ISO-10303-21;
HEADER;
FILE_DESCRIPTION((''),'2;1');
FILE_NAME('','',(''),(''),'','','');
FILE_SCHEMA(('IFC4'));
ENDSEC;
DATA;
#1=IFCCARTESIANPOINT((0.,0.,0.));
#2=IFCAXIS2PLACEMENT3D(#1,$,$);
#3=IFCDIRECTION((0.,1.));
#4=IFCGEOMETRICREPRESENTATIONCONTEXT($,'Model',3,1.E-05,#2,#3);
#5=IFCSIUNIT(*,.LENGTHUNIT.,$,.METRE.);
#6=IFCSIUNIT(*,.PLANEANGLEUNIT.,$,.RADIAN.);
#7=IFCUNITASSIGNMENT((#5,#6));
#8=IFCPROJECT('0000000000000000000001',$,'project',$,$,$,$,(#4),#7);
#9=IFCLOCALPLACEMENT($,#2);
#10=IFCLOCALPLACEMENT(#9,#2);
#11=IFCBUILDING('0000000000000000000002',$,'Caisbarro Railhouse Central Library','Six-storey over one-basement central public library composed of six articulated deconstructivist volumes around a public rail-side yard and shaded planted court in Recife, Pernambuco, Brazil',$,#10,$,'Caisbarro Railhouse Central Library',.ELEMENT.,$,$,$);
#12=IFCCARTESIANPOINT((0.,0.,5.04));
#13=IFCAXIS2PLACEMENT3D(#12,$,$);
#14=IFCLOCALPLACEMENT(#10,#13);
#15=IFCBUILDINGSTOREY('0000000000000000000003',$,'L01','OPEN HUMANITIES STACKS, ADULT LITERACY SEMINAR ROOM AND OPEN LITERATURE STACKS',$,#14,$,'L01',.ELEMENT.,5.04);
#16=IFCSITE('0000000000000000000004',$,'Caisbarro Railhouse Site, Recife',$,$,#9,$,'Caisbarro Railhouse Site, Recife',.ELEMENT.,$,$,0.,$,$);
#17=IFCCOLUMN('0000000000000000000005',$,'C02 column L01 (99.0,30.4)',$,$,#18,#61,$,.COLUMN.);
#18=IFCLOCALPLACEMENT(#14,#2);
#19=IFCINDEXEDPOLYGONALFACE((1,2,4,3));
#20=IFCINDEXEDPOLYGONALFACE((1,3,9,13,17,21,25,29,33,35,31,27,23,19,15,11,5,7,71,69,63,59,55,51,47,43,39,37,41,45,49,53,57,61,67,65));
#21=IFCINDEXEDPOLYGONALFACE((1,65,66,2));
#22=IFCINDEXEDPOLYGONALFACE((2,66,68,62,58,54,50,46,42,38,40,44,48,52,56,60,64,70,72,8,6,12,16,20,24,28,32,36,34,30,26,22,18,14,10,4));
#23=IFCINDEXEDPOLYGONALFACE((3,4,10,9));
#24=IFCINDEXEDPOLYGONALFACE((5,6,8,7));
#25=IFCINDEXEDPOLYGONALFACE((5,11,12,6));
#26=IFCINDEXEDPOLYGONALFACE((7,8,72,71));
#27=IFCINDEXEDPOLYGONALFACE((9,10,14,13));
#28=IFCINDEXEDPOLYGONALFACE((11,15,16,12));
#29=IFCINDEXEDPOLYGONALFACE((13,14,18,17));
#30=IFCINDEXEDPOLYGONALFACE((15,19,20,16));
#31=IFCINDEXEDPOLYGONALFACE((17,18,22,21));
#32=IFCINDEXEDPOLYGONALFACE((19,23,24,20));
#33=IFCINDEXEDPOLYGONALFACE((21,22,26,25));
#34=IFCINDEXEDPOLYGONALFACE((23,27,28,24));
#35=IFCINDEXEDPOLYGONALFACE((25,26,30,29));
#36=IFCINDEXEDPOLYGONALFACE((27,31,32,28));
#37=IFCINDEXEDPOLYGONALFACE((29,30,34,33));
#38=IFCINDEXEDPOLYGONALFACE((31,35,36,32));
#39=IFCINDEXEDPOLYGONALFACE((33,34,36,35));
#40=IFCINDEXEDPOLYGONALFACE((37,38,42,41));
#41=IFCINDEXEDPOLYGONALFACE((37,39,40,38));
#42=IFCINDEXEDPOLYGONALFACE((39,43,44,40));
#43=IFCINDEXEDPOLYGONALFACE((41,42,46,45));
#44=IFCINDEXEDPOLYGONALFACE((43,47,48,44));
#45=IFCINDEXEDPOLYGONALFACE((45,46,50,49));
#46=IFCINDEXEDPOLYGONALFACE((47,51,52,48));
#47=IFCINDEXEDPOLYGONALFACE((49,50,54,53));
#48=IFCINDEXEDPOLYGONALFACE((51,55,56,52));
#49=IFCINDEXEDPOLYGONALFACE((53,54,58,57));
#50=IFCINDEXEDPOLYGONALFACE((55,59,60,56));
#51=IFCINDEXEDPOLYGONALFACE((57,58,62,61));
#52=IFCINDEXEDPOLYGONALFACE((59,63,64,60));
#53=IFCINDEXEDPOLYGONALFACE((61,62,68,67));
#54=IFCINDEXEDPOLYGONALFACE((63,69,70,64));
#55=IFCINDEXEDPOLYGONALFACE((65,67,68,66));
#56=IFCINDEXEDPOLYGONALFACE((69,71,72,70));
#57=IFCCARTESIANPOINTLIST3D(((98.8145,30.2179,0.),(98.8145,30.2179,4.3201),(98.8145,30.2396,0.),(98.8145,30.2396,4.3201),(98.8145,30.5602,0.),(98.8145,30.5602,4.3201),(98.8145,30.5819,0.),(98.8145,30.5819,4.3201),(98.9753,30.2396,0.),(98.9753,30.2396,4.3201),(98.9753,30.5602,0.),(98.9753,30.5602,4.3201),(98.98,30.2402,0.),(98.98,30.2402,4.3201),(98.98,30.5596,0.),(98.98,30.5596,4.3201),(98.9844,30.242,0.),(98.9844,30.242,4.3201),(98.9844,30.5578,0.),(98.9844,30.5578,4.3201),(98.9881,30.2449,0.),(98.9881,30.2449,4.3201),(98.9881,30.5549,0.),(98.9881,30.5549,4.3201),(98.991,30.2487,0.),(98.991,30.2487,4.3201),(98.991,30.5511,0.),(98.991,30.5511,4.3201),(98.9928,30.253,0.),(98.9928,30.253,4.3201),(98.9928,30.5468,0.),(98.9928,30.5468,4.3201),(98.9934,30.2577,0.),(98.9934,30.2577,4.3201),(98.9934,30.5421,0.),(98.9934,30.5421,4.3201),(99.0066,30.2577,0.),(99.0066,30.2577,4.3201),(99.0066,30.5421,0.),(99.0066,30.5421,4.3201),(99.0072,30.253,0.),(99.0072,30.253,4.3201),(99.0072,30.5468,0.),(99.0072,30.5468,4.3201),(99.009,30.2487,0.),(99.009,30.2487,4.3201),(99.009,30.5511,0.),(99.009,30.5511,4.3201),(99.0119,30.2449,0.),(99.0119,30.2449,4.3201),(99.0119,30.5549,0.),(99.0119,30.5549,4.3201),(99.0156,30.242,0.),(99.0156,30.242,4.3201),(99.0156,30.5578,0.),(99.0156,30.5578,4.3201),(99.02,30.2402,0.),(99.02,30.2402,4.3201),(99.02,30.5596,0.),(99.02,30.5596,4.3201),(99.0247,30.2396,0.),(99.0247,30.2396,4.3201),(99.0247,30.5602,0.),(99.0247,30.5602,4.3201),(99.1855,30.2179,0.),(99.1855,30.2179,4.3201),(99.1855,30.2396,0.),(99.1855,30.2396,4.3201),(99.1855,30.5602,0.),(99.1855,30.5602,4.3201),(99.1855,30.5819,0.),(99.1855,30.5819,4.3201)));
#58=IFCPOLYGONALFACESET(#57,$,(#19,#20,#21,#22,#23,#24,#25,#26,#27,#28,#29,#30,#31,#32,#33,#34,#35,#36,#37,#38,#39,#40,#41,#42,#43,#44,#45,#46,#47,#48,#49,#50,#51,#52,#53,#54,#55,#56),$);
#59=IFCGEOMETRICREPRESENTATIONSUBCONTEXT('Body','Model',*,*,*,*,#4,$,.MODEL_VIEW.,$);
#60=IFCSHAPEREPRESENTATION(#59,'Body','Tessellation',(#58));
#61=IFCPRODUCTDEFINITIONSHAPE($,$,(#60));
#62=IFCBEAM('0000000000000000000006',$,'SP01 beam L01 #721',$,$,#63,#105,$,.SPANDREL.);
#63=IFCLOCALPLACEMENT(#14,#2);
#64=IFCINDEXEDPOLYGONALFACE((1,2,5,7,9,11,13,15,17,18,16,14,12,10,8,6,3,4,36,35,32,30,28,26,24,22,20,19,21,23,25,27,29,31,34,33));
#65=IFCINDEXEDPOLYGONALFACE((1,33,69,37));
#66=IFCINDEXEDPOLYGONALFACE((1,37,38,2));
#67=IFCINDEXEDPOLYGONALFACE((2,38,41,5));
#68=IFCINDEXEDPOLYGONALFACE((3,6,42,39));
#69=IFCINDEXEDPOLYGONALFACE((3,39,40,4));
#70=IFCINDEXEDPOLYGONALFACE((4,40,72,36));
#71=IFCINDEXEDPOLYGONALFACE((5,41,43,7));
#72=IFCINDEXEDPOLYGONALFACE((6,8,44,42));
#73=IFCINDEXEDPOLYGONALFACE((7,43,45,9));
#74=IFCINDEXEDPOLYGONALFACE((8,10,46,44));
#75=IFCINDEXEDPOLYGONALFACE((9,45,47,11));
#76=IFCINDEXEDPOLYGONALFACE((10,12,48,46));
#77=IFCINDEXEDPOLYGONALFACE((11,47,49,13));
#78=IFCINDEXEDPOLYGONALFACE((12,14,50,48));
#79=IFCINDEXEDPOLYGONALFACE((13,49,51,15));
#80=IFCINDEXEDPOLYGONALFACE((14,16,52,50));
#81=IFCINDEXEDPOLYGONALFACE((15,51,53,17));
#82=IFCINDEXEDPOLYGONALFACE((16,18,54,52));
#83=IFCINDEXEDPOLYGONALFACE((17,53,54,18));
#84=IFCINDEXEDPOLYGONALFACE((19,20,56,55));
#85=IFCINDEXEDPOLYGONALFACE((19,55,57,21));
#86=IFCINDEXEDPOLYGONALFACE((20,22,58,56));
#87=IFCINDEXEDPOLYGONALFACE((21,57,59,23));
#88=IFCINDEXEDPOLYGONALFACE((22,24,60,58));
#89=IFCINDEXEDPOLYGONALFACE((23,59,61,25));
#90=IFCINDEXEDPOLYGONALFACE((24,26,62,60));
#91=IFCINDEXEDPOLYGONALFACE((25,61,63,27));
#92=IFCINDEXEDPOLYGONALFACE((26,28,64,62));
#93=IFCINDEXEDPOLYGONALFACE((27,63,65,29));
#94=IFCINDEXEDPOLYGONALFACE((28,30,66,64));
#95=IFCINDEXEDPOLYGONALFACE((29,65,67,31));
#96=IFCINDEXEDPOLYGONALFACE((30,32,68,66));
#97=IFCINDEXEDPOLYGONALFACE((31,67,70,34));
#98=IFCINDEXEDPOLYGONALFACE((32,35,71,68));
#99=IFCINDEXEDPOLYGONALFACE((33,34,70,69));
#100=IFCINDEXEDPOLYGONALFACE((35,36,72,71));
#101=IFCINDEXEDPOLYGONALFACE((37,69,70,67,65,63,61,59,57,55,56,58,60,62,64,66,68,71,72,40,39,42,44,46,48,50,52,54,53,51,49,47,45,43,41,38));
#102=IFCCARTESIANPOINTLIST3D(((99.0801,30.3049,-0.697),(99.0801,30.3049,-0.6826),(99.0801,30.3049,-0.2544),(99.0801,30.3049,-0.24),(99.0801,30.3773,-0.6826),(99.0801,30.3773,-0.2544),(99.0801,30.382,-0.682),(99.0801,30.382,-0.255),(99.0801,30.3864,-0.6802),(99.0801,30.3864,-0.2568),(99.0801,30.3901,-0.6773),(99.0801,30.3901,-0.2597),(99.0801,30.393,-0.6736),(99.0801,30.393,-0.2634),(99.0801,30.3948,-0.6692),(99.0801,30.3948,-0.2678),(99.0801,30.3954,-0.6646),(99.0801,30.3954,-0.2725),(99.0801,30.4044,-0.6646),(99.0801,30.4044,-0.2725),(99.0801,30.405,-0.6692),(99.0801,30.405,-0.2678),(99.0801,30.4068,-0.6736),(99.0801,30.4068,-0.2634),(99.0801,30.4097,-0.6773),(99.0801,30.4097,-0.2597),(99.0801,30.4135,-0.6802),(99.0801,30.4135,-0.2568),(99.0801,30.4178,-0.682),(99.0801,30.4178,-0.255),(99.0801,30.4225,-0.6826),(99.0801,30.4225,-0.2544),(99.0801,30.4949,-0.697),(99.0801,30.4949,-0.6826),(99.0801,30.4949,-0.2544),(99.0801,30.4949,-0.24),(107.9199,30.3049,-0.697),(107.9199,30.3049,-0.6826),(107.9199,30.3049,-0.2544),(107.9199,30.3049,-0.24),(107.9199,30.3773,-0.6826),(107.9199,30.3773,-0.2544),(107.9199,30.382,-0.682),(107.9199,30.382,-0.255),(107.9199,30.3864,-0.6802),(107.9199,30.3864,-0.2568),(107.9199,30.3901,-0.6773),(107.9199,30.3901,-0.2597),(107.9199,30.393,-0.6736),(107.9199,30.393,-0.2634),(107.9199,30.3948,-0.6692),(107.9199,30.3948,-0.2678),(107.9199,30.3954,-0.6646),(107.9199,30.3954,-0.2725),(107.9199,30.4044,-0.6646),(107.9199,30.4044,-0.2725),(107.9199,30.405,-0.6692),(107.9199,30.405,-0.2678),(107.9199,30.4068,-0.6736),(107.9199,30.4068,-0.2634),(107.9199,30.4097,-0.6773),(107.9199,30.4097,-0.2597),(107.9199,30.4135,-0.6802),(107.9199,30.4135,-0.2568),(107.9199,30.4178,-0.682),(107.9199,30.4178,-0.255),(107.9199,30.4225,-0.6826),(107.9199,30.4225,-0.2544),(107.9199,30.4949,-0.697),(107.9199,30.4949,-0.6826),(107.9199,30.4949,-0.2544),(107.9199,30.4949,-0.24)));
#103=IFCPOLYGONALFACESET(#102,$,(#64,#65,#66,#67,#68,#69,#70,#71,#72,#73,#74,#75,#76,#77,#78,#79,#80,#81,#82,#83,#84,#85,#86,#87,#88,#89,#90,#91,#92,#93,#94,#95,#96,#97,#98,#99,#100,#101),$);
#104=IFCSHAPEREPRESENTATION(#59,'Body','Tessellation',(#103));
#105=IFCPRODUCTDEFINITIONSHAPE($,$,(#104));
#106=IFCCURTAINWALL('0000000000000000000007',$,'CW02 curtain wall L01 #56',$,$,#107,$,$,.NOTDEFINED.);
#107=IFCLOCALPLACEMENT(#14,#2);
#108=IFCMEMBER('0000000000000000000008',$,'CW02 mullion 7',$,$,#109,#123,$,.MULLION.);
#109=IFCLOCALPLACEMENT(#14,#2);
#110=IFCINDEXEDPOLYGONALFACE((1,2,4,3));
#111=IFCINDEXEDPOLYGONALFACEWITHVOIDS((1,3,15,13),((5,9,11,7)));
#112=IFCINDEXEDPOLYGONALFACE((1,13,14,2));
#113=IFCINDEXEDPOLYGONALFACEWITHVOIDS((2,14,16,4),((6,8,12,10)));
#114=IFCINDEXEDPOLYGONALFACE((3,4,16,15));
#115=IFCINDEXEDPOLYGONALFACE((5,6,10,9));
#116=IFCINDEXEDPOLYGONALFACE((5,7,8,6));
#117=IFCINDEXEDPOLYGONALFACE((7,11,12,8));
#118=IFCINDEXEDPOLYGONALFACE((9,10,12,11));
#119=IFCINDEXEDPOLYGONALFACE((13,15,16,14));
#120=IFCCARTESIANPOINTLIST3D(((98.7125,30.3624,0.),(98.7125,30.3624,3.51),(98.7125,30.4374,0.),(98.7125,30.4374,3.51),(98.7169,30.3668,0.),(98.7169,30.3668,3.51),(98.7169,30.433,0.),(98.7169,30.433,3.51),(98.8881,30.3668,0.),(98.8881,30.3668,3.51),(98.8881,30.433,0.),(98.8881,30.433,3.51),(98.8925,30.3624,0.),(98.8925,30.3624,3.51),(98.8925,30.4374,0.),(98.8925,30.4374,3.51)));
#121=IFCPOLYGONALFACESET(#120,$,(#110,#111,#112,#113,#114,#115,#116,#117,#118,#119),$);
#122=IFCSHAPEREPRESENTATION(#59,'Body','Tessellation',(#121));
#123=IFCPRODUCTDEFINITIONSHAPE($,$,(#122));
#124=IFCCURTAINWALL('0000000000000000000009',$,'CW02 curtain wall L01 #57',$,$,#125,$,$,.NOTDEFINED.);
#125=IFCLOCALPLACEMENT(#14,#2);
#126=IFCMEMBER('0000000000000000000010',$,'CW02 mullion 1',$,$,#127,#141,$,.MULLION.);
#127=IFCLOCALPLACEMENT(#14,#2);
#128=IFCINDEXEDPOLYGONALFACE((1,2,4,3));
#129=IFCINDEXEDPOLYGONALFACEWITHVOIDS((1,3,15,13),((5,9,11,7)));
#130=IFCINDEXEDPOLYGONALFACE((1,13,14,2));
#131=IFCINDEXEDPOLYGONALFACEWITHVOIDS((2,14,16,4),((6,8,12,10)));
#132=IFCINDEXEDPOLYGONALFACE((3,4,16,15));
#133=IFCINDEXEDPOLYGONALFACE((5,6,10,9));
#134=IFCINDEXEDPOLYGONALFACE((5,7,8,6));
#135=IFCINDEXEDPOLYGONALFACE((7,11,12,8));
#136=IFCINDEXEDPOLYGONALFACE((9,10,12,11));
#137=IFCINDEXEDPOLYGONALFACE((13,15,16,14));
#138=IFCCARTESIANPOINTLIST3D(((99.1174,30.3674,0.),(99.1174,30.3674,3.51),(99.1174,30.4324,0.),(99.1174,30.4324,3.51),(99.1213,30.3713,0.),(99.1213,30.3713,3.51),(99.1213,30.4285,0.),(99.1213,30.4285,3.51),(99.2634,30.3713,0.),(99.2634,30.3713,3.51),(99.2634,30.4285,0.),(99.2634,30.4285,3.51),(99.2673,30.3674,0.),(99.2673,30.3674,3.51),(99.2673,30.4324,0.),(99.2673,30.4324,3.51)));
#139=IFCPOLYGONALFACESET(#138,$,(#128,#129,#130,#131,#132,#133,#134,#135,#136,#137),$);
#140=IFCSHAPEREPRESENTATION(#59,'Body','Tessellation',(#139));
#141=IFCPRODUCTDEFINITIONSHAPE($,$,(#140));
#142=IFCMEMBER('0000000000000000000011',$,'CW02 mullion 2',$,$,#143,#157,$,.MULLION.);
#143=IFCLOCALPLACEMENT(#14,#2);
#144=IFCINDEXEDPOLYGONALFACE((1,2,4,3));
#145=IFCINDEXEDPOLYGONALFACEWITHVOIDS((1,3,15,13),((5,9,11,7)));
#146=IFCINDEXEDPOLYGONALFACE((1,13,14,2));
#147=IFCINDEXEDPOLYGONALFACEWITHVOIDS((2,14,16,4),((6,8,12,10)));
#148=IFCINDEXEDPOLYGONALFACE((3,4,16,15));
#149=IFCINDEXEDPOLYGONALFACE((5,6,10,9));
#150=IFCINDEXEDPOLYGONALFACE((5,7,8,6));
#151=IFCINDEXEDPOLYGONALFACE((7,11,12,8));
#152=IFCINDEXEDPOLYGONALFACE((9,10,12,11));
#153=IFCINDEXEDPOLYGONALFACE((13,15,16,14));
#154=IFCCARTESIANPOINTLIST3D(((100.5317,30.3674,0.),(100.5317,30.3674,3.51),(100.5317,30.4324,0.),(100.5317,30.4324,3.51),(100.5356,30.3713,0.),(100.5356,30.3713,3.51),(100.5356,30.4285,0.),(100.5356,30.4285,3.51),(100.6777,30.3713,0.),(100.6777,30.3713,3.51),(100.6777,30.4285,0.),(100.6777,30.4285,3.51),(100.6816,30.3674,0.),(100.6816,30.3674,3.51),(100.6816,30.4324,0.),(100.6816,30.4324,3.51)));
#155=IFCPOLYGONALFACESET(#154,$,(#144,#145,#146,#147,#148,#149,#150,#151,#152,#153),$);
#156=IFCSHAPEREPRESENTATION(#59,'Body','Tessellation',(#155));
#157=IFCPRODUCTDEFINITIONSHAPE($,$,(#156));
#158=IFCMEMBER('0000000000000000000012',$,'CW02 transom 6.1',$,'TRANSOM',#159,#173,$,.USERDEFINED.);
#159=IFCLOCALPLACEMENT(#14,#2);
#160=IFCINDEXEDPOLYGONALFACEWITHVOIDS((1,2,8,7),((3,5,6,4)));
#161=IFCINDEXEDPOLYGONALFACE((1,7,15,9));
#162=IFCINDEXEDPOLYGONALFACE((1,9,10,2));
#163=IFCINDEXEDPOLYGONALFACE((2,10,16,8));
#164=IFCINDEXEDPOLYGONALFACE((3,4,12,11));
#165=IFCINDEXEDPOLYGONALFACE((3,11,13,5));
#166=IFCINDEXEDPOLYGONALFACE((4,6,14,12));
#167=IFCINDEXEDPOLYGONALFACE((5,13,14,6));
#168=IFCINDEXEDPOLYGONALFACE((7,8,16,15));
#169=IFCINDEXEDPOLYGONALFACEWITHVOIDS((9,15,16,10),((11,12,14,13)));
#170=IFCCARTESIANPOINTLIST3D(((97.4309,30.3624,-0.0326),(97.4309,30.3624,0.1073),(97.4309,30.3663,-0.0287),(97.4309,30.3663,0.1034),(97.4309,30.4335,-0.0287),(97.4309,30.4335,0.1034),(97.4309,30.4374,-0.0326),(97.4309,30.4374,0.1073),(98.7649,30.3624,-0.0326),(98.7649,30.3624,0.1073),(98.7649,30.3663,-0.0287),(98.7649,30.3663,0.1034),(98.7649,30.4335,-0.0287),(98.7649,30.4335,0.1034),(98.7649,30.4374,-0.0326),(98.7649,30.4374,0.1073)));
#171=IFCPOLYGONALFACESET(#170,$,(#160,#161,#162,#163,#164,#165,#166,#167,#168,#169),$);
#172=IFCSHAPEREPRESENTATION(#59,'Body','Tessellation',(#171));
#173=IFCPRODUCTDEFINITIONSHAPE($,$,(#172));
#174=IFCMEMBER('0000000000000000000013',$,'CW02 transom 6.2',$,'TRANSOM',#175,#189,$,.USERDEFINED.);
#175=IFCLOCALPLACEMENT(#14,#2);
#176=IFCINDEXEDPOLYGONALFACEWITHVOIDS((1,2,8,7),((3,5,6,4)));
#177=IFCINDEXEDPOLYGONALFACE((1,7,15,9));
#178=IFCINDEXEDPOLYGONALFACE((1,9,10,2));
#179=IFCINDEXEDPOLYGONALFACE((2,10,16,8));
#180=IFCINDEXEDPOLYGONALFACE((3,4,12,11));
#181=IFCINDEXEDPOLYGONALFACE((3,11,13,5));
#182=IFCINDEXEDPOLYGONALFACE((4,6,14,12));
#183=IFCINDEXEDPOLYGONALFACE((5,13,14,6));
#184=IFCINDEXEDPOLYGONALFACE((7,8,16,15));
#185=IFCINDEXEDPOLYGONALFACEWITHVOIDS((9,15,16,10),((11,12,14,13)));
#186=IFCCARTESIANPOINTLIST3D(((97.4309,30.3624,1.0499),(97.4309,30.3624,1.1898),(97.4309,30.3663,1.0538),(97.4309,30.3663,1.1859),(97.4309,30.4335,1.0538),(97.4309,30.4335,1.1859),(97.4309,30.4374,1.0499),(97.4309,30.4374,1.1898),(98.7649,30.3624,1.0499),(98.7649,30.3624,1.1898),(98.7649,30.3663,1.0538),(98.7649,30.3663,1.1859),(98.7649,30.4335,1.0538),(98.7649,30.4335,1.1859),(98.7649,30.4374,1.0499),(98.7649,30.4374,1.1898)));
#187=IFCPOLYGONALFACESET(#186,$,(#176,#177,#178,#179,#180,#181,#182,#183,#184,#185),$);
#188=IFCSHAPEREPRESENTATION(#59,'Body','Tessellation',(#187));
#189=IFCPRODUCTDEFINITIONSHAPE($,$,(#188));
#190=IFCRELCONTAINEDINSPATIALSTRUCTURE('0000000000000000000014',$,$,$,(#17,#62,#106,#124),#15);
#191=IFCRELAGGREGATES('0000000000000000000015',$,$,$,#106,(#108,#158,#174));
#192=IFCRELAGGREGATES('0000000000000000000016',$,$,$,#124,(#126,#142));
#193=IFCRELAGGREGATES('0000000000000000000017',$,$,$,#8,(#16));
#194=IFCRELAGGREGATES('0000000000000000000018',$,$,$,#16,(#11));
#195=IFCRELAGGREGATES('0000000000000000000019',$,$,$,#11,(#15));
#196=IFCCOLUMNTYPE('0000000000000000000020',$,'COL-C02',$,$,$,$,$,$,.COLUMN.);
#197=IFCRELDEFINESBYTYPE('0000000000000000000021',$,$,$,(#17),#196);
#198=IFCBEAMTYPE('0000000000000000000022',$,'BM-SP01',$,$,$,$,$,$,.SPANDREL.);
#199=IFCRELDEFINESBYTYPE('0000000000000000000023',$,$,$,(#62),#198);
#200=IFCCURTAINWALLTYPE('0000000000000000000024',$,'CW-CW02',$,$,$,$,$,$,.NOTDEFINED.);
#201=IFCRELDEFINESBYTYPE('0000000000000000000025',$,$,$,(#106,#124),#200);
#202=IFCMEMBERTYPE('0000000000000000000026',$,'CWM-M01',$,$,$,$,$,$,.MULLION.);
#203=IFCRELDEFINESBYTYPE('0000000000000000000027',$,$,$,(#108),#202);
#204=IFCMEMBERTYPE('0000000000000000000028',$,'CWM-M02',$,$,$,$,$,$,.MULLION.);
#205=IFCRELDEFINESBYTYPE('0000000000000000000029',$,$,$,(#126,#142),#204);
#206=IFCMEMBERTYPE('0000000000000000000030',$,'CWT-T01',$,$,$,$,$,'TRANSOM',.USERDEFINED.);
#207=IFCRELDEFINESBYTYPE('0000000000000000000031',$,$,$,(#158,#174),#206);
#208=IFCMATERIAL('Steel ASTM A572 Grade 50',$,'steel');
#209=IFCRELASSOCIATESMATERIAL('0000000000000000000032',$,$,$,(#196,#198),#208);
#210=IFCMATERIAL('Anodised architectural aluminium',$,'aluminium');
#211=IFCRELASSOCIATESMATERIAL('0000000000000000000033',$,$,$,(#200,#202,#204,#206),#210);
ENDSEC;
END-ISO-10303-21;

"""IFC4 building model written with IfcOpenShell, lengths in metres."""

from ifc_helpers import new_model, si_unit, direction, frame, origin, origin_2d, place, context, subcontext, project, spatial, hollow_rectangle, i_section, extrude, material, material_profile, profile_set, type_object, element, aggregate, save


model = new_model("IFC4")

# Units and contexts
model_context = context("Model", 3, precision=1e-05, world=origin(), true_north=direction((0.0, 1.0)))
body_context = subcontext(model_context, "Body", "Model", "MODEL_VIEW")
ifc_project = project(units=[si_unit("LENGTHUNIT", "METRE"), si_unit("PLANEANGLEUNIT", "RADIAN")], contexts=[model_context])

# Site, building, storey
site_placement = place(None, origin())
site = spatial("IfcSite", under=ifc_project, at=site_placement, Name="Caisbarro Railhouse Site, Recife", LongName="Caisbarro Railhouse Site, Recife", CompositionType="ELEMENT", RefElevation=0.0)
building_placement = place(site_placement, origin())
building = spatial("IfcBuilding", under=site, at=building_placement, Name="Caisbarro Railhouse Central Library", Description="Six-storey over one-basement central public library composed of six articulated deconstructivist volumes around a public rail-side yard and shaded planted court in Recife, Pernambuco, Brazil", LongName="Caisbarro Railhouse Central Library", CompositionType="ELEMENT")
storey_placement = place(building_placement, frame((0.0, 0.0, 5.04)))
storey = spatial("IfcBuildingStorey", under=building, at=storey_placement, Name="L01", Description="OPEN HUMANITIES STACKS, ADULT LITERACY SEMINAR ROOM AND OPEN LITERATURE STACKS", LongName="L01", CompositionType="ELEMENT", Elevation=5.04)

# Column
ifc_material_1 = material(Name="Steel ASTM A572 Grade 50", Category="steel")
ifc_material_profile_1 = material_profile(ifc_material_1, i_section(OverallWidth=0.3711, OverallDepth=0.364, WebThickness=0.0132, FlangeThickness=0.0217, FilletRadius=0.0181, at=origin_2d()), Name="W360X162.0")
ifc_profile_set_1 = profile_set([ifc_material_profile_1], Name="Steel ASTM A572 Grade 50")
column_type = type_object("IfcColumnType", Name="COL-C02", PredefinedType="COLUMN", material=ifc_profile_set_1)
column_placement = place(storey_placement, frame((99.0, 30.3999, 0.0), z_axis=(0.0, 0.0, 1.0), x_axis=(1.0, 0.0, 0.0)))
element("IfcColumn", 1, at=column_placement, inside=storey, type_object=column_type, Name="C02 column L01 (99.0,30.4)", PredefinedType="COLUMN", context=body_context, shape_type="SweptSolid", body=[
    extrude(i_section(OverallWidth=0.3711, OverallDepth=0.364, WebThickness=0.0132, FlangeThickness=0.0217, FilletRadius=0.0181, at=origin_2d()), origin(), (0.0, 0.0, 1.0), 4.3201),
])

# Beam
ifc_material_profile_2 = material_profile(ifc_material_1, i_section(OverallWidth=0.1899, OverallDepth=0.457, WebThickness=0.009, FlangeThickness=0.0144, FilletRadius=0.0181, at=origin_2d()), Name="W460X74.0")
ifc_profile_set_2 = profile_set([ifc_material_profile_2], Name="Steel ASTM A572 Grade 50")
beam_type = type_object("IfcBeamType", Name="BM-SP01", PredefinedType="SPANDREL", material=ifc_profile_set_2)
beam_placement = place(storey_placement, frame((99.0801, 30.3999, -0.4685), z_axis=(1.0, 0.0, 0.0), x_axis=(0.0, 1.0, 0.0)))
element("IfcBeam", 2, at=beam_placement, inside=storey, type_object=beam_type, Name="SP01 beam L01 #721", PredefinedType="SPANDREL", context=body_context, shape_type="SweptSolid", body=[
    extrude(i_section(OverallWidth=0.1899, OverallDepth=0.457, WebThickness=0.009, FlangeThickness=0.0144, FilletRadius=0.0181, at=origin_2d()), origin(), (0.0, 0.0, 1.0), 8.8398),
])

# Curtain wall, member
ifc_material_2 = material(Name="Anodised architectural aluminium", Category="aluminium")
curtain_wall_type = type_object("IfcCurtainWallType", Name="CW-CW02", PredefinedType="NOTDEFINED", material=ifc_material_2)
curtain_wall_1_placement = place(storey_placement, origin())
curtain_wall_1 = element("IfcCurtainWall", 3, at=curtain_wall_1_placement, inside=storey, type_object=curtain_wall_type, Name="CW02 curtain wall L01 #56", PredefinedType="NOTDEFINED")
ifc_material_profile_3 = material_profile(ifc_material_2, hollow_rectangle(XDim=0.075, YDim=0.1799, WallThickness=0.0044, at=origin_2d()), Name="ALU-MUL-75X180")
ifc_profile_set_3 = profile_set([ifc_material_profile_3], Name="Anodised architectural aluminium")
member_type_1 = type_object("IfcMemberType", Name="CWM-M01", PredefinedType="MULLION", material=ifc_profile_set_3)
member_1_placement = place(storey_placement, frame((98.8025, 30.3999, 0.0), z_axis=(0.0, 0.0, 1.0), x_axis=(0.0, 1.0, 0.0)))
member_1 = element("IfcMember", 4, at=member_1_placement, type_object=member_type_1, Name="CW02 mullion 7", PredefinedType="MULLION", context=body_context, shape_type="SweptSolid", body=[
    extrude(hollow_rectangle(XDim=0.075, YDim=0.1799, WallThickness=0.0044, at=origin_2d()), origin(), (0.0, 0.0, 1.0), 3.51),
])

# Curtain wall, members
curtain_wall_2_placement = place(storey_placement, origin())
curtain_wall_2 = element("IfcCurtainWall", 5, at=curtain_wall_2_placement, inside=storey, type_object=curtain_wall_type, Name="CW02 curtain wall L01 #57", PredefinedType="NOTDEFINED")
ifc_material_profile_4 = material_profile(ifc_material_2, hollow_rectangle(XDim=0.0649, YDim=0.1499, WallThickness=0.0039, at=origin_2d()), Name="ALU-MUL-65X150")
ifc_profile_set_4 = profile_set([ifc_material_profile_4], Name="Anodised architectural aluminium")
member_type_2 = type_object("IfcMemberType", Name="CWM-M02", PredefinedType="MULLION", material=ifc_profile_set_4)
member_2_placement = place(storey_placement, frame((99.1924, 30.3999, 0.0), z_axis=(0.0, 0.0, 1.0), x_axis=(0.0, 1.0, 0.0)))
member_2 = element("IfcMember", 6, at=member_2_placement, type_object=member_type_2, Name="CW02 mullion 1", PredefinedType="MULLION", context=body_context, shape_type="SweptSolid", body=[
    extrude(hollow_rectangle(XDim=0.0649, YDim=0.1499, WallThickness=0.0039, at=origin_2d()), origin(), (0.0, 0.0, 1.0), 3.51),
])
member_3_placement = place(storey_placement, frame((100.6067, 30.3999, 0.0), z_axis=(0.0, 0.0, 1.0), x_axis=(0.0, 1.0, 0.0)))
member_3 = element("IfcMember", 7, at=member_3_placement, type_object=member_type_2, Name="CW02 mullion 2", PredefinedType="MULLION", context=body_context, shape_type="SweptSolid", body=[
    extrude(hollow_rectangle(XDim=0.0649, YDim=0.1499, WallThickness=0.0039, at=origin_2d()), origin(), (0.0, 0.0, 1.0), 3.51),
])

# Members
ifc_material_profile_5 = material_profile(ifc_material_2, hollow_rectangle(XDim=0.075, YDim=0.1399, WallThickness=0.0039, at=origin_2d()), Name="ALU-TRN-75X140")
ifc_profile_set_5 = profile_set([ifc_material_profile_5], Name="Anodised architectural aluminium")
member_type_3 = type_object("IfcMemberType", Name="CWT-T01", ElementType="TRANSOM", PredefinedType="USERDEFINED", material=ifc_profile_set_5)
member_4_placement = place(storey_placement, frame((97.4309, 30.3999, 0.0374), z_axis=(1.0, 0.0, 0.0), x_axis=(0.0, 1.0, 0.0)))
member_4 = element("IfcMember", 8, at=member_4_placement, type_object=member_type_3, Name="CW02 transom 6.1", ObjectType="TRANSOM", PredefinedType="USERDEFINED", context=body_context, shape_type="SweptSolid", body=[
    extrude(hollow_rectangle(XDim=0.075, YDim=0.1399, WallThickness=0.0039, at=origin_2d()), origin(), (0.0, 0.0, 1.0), 1.334),
])
member_5_placement = place(storey_placement, frame((97.4309, 30.3999, 1.1199), z_axis=(1.0, 0.0, 0.0), x_axis=(0.0, 1.0, 0.0)))
member_5 = element("IfcMember", 9, at=member_5_placement, type_object=member_type_3, Name="CW02 transom 6.2", ObjectType="TRANSOM", PredefinedType="USERDEFINED", context=body_context, shape_type="SweptSolid", body=[
    extrude(hollow_rectangle(XDim=0.075, YDim=0.1399, WallThickness=0.0039, at=origin_2d()), origin(), (0.0, 0.0, 1.0), 1.334),
])

aggregate(curtain_wall_1, [member_1, member_4, member_5])
aggregate(curtain_wall_2, [member_2, member_3])

save(model, "model.ifc")
